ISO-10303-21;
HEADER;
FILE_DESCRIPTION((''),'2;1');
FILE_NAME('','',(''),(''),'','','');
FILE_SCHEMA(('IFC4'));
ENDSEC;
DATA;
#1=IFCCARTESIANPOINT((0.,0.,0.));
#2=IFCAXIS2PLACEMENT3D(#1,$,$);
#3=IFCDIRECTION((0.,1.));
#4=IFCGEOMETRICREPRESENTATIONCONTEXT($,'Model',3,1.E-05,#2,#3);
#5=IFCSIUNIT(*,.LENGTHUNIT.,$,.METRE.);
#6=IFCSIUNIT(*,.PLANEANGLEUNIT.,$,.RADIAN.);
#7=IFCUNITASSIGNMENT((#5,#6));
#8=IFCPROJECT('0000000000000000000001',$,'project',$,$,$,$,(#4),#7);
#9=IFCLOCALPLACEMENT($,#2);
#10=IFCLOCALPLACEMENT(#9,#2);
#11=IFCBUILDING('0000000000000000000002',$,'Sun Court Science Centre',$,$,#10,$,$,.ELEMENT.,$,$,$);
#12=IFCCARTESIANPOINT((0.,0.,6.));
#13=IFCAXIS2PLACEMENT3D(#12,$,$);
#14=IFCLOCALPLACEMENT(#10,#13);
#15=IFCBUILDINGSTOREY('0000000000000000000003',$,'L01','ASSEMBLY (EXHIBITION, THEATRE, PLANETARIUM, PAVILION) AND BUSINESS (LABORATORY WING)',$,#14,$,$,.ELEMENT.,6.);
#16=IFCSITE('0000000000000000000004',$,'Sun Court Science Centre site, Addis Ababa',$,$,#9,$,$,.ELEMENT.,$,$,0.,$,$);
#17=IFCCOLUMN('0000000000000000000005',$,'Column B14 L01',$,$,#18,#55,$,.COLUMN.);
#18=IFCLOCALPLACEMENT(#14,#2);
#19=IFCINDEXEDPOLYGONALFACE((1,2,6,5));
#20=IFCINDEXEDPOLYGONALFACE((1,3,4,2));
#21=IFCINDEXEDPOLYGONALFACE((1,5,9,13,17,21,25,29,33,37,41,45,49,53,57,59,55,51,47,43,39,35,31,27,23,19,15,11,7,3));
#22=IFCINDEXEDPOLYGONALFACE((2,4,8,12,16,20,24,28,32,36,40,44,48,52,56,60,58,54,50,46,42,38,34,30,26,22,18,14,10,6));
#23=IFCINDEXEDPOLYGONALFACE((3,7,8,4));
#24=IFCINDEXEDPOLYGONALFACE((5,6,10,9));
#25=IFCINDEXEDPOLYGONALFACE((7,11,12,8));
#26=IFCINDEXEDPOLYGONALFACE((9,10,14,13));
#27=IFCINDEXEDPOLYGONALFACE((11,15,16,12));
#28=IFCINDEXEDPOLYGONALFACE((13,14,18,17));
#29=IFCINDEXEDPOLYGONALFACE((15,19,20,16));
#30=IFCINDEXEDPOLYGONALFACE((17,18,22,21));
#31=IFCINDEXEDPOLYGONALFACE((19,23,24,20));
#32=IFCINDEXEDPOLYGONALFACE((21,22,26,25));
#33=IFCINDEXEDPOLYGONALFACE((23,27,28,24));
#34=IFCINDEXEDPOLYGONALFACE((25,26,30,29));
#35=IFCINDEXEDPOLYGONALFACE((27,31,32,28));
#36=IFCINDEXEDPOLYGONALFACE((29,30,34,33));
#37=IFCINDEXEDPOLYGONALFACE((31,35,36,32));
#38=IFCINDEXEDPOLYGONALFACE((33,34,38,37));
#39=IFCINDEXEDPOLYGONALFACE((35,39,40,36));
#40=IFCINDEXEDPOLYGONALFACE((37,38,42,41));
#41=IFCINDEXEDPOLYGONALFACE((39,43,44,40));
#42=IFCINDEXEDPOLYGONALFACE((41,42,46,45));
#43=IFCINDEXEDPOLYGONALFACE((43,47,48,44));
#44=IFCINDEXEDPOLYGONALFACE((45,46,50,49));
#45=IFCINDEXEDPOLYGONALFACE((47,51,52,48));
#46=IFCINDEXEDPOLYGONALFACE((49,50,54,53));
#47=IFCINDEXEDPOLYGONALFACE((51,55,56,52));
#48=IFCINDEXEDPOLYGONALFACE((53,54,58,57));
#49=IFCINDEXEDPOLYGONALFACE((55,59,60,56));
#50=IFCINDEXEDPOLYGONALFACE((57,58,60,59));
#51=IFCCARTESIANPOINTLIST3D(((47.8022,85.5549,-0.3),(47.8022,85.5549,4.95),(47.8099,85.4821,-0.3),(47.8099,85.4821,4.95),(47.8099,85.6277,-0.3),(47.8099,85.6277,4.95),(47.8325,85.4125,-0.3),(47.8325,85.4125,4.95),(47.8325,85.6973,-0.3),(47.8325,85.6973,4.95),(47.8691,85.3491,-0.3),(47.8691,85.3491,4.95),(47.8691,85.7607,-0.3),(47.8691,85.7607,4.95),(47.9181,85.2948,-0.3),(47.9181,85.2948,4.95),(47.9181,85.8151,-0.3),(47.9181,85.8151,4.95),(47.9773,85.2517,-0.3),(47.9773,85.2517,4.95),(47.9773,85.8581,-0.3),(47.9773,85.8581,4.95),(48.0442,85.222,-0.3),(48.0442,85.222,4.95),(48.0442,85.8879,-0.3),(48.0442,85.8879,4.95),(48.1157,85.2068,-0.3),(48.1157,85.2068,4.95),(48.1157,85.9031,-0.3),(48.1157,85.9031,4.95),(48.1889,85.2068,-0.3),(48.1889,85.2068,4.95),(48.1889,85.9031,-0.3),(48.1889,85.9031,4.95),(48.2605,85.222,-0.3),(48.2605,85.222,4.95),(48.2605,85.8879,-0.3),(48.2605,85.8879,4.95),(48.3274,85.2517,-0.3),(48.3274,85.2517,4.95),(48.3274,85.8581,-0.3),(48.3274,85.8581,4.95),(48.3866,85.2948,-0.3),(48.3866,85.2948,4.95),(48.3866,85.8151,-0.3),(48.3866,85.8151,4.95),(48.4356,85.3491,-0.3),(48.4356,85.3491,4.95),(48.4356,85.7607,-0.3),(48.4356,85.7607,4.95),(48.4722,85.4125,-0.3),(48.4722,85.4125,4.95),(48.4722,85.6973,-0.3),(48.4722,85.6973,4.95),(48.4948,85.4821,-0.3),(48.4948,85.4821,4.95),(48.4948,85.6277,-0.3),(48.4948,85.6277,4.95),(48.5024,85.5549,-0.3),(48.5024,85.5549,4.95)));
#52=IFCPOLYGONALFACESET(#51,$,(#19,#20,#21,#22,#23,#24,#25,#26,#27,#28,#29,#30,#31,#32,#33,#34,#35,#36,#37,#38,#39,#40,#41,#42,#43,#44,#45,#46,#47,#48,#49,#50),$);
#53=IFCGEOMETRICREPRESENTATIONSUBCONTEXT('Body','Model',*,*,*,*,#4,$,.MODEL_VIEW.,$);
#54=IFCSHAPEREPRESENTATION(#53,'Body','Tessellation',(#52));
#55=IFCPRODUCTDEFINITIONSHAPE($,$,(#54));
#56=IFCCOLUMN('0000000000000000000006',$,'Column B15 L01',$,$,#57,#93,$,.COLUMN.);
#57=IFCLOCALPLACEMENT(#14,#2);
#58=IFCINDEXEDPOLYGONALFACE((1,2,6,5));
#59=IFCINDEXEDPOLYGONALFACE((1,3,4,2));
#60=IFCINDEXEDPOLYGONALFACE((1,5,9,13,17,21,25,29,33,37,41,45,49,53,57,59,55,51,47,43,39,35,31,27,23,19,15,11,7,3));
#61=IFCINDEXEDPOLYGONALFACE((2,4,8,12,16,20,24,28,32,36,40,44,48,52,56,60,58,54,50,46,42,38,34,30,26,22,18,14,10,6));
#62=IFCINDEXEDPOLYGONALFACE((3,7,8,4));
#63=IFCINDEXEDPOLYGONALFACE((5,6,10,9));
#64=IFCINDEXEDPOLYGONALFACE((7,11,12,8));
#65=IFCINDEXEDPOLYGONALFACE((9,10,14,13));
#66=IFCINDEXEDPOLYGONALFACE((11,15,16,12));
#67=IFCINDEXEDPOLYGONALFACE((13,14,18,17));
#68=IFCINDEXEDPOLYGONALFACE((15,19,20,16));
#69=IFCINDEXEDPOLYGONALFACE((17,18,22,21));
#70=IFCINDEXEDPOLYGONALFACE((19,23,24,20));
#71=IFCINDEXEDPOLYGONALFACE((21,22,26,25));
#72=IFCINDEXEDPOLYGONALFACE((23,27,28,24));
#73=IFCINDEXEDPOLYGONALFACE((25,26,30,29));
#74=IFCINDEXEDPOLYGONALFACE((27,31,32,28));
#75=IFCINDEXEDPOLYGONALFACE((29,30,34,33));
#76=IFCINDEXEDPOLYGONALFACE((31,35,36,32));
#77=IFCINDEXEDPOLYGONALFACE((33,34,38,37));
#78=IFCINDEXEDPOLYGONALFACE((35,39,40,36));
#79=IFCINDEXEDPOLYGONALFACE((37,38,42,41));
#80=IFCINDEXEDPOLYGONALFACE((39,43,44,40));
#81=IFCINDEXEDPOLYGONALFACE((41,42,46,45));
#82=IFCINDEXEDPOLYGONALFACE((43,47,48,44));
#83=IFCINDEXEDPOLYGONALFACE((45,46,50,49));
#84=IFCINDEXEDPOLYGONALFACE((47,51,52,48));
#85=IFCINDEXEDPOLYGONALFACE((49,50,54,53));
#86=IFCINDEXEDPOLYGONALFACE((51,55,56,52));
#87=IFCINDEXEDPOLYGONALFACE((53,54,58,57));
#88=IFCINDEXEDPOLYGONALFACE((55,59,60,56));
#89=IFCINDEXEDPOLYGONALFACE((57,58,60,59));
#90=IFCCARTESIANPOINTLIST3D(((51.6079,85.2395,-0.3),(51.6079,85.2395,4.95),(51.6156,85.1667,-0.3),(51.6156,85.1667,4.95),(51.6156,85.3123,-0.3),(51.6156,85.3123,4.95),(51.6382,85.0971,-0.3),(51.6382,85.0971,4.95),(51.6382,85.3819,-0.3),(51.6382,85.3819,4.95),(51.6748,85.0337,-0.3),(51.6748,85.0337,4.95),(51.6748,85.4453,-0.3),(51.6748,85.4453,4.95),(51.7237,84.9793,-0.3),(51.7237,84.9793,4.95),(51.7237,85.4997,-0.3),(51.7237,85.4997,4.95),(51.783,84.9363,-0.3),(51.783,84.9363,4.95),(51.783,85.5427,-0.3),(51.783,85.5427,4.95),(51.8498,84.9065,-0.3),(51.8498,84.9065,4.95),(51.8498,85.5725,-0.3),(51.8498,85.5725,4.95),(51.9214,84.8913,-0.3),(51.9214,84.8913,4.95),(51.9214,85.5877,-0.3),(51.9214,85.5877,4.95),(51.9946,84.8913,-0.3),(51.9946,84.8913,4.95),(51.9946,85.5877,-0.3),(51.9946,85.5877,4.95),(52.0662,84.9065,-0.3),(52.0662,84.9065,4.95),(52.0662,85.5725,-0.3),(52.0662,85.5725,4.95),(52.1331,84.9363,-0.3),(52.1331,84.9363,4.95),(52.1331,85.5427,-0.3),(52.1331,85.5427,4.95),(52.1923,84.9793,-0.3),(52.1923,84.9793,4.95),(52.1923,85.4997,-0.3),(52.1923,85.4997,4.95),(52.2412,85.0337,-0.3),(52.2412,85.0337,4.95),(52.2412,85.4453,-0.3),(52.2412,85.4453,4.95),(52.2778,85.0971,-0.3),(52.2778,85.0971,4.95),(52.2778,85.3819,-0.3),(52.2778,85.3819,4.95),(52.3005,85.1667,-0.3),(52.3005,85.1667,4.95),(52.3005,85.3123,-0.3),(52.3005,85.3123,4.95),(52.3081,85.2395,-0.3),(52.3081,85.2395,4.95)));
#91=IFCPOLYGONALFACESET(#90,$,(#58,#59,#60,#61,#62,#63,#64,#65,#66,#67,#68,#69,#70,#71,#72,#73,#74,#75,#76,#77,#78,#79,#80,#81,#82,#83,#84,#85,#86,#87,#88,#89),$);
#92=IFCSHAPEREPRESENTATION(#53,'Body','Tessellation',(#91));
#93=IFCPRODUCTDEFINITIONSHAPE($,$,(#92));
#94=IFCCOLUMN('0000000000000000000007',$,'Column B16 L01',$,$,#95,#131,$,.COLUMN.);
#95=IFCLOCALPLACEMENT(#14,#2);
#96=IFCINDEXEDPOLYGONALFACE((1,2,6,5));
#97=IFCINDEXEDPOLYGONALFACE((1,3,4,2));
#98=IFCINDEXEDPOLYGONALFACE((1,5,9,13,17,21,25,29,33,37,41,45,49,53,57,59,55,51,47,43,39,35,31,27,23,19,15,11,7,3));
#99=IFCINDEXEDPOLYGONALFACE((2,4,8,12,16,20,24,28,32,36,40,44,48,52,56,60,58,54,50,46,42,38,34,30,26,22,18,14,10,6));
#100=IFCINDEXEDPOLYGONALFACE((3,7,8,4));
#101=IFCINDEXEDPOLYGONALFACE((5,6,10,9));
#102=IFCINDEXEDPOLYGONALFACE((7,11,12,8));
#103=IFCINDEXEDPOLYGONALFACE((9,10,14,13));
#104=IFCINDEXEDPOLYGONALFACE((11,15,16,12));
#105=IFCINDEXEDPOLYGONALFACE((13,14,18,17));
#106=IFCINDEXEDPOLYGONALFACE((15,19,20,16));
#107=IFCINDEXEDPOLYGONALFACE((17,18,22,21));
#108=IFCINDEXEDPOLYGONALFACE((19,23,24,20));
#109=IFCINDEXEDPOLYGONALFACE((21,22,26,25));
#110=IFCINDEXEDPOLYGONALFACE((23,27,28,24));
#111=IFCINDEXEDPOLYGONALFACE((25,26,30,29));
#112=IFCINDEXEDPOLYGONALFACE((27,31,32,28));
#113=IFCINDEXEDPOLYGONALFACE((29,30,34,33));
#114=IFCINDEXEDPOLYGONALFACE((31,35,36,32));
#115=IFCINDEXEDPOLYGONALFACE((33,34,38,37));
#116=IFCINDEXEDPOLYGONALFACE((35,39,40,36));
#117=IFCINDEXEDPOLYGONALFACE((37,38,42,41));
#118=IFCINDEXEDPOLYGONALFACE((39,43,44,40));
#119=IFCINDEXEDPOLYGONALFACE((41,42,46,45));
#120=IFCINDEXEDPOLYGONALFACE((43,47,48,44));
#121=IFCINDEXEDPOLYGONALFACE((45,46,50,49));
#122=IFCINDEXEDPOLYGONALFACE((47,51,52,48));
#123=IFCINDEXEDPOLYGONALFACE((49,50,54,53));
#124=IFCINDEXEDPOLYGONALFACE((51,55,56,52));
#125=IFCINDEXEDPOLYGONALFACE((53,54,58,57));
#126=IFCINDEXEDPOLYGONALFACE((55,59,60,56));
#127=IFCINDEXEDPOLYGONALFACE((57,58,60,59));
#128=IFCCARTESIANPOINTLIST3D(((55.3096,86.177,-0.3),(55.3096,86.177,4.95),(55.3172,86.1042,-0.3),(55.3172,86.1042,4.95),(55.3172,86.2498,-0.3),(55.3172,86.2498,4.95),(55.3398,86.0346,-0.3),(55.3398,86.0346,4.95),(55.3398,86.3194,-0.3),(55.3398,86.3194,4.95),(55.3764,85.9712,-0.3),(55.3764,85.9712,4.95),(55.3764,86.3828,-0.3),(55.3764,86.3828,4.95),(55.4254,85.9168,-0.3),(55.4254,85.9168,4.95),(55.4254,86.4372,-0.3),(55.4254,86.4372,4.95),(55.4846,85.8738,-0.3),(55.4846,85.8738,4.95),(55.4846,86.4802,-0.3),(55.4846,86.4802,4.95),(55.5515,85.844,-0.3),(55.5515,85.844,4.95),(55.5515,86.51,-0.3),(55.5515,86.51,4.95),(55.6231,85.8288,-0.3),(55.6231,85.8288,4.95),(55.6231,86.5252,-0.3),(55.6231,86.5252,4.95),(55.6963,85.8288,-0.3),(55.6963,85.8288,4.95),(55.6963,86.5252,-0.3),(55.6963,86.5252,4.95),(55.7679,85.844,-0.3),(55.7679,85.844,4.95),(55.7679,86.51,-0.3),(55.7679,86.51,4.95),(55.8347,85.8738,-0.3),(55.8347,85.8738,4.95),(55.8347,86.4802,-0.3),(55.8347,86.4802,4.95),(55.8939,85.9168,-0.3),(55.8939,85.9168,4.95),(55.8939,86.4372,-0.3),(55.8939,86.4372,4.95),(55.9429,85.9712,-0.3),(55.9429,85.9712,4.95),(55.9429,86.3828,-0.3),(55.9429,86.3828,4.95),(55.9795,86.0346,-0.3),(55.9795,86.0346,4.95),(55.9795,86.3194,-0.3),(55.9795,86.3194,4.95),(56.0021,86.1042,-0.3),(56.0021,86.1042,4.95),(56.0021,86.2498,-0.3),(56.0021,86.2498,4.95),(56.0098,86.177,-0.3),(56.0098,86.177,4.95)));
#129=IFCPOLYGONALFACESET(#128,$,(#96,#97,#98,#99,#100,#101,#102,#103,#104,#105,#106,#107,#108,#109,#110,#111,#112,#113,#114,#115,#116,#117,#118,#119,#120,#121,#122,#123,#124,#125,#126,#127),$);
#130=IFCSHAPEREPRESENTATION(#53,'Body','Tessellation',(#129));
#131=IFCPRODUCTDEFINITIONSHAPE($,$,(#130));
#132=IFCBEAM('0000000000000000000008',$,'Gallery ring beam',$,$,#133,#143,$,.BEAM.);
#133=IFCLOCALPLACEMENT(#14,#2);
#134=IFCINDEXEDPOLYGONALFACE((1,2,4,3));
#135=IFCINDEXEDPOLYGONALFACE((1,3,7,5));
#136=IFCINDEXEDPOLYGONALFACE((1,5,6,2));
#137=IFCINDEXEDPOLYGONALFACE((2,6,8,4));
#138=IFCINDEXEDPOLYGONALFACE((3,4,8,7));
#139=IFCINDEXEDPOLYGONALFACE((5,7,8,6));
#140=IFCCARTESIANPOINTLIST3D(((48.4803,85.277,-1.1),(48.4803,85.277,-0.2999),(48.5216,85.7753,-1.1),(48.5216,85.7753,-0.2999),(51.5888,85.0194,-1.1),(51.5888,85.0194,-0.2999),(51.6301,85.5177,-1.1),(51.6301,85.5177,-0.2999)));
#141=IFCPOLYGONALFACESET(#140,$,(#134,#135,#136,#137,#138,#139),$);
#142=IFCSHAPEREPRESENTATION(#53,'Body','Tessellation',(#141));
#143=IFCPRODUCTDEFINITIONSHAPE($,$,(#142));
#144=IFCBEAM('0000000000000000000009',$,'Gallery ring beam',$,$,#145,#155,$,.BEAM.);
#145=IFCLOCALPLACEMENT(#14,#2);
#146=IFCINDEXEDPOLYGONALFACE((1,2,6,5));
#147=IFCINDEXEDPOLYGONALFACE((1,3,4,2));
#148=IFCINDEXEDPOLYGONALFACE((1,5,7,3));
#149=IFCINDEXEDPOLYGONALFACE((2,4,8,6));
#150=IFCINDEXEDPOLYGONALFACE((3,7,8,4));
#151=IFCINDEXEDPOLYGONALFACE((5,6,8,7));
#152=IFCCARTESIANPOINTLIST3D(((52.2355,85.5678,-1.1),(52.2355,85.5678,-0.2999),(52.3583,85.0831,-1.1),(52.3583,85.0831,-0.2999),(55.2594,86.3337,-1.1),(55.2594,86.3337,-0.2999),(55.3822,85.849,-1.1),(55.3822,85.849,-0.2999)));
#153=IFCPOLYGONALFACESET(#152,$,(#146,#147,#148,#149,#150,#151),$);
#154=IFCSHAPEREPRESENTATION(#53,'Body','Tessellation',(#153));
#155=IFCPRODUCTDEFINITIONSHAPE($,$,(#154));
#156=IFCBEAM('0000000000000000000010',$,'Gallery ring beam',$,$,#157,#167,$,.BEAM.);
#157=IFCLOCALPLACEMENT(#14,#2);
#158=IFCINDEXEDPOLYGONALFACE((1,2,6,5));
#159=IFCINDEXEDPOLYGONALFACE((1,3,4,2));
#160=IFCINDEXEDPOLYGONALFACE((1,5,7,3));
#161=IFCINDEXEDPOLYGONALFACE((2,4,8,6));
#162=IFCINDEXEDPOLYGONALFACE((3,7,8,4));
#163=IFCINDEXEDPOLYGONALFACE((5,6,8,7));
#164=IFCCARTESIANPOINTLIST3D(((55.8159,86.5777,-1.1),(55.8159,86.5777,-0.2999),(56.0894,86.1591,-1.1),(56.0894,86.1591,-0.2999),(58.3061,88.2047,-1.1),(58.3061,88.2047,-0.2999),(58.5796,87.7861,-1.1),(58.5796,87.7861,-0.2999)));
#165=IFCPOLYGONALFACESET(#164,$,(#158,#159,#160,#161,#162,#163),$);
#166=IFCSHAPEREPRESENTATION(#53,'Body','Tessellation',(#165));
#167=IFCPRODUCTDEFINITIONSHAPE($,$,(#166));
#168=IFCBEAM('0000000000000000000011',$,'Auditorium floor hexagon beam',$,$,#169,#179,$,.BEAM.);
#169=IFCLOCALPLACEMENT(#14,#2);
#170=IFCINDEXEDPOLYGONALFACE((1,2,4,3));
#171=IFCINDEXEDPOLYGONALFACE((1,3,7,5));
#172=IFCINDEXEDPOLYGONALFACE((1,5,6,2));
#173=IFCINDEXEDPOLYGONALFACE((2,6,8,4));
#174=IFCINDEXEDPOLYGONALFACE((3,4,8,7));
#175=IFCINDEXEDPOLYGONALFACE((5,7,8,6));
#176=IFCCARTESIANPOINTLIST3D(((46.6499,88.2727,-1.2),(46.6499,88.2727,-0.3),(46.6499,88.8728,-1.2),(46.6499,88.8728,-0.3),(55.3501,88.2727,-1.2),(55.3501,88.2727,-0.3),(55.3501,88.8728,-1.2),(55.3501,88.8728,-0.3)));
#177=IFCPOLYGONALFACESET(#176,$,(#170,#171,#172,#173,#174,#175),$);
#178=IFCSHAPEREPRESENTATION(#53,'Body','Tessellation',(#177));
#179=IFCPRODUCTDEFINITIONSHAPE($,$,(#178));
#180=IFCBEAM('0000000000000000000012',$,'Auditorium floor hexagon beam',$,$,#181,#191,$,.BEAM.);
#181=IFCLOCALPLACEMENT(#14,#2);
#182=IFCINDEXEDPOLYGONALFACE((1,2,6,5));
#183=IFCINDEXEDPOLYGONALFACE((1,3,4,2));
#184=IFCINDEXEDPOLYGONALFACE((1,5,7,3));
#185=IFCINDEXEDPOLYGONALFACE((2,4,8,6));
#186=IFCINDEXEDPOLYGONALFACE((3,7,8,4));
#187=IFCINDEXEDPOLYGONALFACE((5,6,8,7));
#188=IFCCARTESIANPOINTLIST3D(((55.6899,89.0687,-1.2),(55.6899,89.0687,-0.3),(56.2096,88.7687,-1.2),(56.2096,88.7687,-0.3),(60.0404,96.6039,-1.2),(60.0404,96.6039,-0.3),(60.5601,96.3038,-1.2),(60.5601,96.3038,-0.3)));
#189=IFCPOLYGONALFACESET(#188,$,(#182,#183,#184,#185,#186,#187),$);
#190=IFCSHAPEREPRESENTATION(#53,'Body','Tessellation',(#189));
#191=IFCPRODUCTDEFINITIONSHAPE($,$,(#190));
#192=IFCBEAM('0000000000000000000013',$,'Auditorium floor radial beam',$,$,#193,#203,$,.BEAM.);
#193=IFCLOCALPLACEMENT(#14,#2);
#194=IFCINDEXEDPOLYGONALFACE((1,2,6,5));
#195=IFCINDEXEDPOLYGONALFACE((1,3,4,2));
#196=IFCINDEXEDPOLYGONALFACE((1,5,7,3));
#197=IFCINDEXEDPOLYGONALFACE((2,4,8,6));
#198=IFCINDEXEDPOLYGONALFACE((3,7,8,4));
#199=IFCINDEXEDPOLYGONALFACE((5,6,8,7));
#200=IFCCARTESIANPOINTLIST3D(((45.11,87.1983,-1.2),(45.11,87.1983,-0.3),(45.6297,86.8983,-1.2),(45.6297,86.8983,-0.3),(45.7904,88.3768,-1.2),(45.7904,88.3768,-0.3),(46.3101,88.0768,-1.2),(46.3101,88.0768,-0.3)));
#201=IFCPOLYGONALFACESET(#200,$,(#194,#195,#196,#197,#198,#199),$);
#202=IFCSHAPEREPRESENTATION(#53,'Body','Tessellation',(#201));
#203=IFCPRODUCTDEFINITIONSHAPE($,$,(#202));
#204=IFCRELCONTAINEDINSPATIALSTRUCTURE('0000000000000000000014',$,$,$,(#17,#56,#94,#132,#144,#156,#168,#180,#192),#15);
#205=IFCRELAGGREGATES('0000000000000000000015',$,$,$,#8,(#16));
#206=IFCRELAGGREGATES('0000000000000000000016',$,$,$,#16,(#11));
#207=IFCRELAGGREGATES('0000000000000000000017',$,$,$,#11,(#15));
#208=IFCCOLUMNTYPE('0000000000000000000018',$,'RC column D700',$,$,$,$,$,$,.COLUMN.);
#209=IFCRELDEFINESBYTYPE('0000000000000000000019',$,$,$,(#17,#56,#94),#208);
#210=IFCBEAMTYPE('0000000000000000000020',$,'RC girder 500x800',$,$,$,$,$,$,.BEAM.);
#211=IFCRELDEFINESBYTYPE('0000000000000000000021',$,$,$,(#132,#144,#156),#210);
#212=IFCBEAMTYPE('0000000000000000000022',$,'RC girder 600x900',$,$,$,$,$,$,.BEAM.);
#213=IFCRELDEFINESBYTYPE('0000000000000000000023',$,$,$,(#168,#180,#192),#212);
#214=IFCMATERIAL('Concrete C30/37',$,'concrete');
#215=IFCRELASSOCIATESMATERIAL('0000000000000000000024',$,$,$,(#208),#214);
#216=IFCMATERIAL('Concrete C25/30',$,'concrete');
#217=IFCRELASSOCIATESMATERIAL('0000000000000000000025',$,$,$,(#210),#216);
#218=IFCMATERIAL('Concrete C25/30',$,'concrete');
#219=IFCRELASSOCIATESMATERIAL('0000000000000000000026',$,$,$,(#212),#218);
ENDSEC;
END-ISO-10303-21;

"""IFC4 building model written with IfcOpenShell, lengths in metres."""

from ifc_helpers import new_model, si_unit, direction, frame, origin, origin_2d, place, context, subcontext, project, spatial, rectangle, circle, extrude, material, material_profile, profile_set, type_object, element, save


model = new_model("IFC4")

# Units and contexts
model_context = context("Model", 3, precision=1e-05, world=origin(), true_north=direction((0.0, 1.0)))
body_context = subcontext(model_context, "Body", "Model", "MODEL_VIEW")
ifc_project = project(units=[si_unit("LENGTHUNIT", "METRE"), si_unit("PLANEANGLEUNIT", "RADIAN")], contexts=[model_context])

# Site, building, storey
site_placement = place(None, origin())
site = spatial("IfcSite", under=ifc_project, at=site_placement, Name="Sun Court Science Centre site, Addis Ababa", CompositionType="ELEMENT", RefElevation=0.0)
building_placement = place(site_placement, origin())
building = spatial("IfcBuilding", under=site, at=building_placement, Name="Sun Court Science Centre", CompositionType="ELEMENT")
storey_placement = place(building_placement, frame((0.0, 0.0, 6.0)))
storey = spatial("IfcBuildingStorey", under=building, at=storey_placement, Name="L01", Description="ASSEMBLY (EXHIBITION, THEATRE, PLANETARIUM, PAVILION) AND BUSINESS (LABORATORY WING)", CompositionType="ELEMENT", Elevation=6.0)

# Columns
ifc_material_1 = material(Name="Concrete C30/37", Category="concrete")
ifc_material_profile_1 = material_profile(ifc_material_1, circle(Radius=0.3501, at=origin_2d()), Name="RC D700")
ifc_profile_set_1 = profile_set([ifc_material_profile_1], Name="Concrete C30/37")
column_type = type_object("IfcColumnType", Name="RC column D700", PredefinedType="COLUMN", material=ifc_profile_set_1)
for number, where, z_axis, x_axis, name in (
    (1, (48.1523, 85.5549, -0.3), (0.0, 0.0, 1.0), (1.0, 0.0, 0.0), "Column B14 L01"),
    (2, (51.958, 85.2395, -0.3), (0.0, 0.0, 1.0), (1.0, 0.0, 0.0), "Column B15 L01"),
    (3, (55.6597, 86.177, -0.3), (0.0, 0.0, 1.0), (1.0, 0.0, 0.0), "Column B16 L01"),
):
    element("IfcColumn", number, at=place(storey_placement, frame(where, z_axis=z_axis, x_axis=x_axis)), inside=storey, type_object=column_type, Name=name, PredefinedType="COLUMN", context=body_context, shape_type="SweptSolid", body=[
        extrude(circle(Radius=0.3501, at=origin_2d()), origin(), (0.0, 0.0, 1.0), 5.25),
    ])

# Beams
ifc_material_2 = material(Name="Concrete C25/30", Category="concrete")
ifc_material_profile_2 = material_profile(ifc_material_2, rectangle(XDim=0.5, YDim=0.8, at=origin_2d()), Name="RC 500x800")
ifc_profile_set_2 = profile_set([ifc_material_profile_2], Name="Concrete C25/30")
beam_type_1 = type_object("IfcBeamType", Name="RC girder 500x800", PredefinedType="BEAM", material=ifc_profile_set_2)
beam_1_placement = place(storey_placement, frame((48.501, 85.5261, -0.7), z_axis=(0.996585, -0.082579, 0.0), x_axis=(0.082579, 0.996585, 0.0)))
element("IfcBeam", 4, at=beam_1_placement, inside=storey, type_object=beam_type_1, Name="Gallery ring beam", PredefinedType="BEAM", context=body_context, shape_type="SweptSolid", body=[
    extrude(rectangle(XDim=0.5, YDim=0.8, at=origin_2d()), origin(), (0.0, 0.0, 1.0), 3.1191),
])
beam_2_placement = place(storey_placement, frame((52.2969, 85.3254, -0.7), z_axis=(0.969392, 0.245518, 0.0), x_axis=(-0.245518, 0.969392, 0.0)))
element("IfcBeam", 5, at=beam_2_placement, inside=storey, type_object=beam_type_1, Name="Gallery ring beam", PredefinedType="BEAM", context=body_context, shape_type="SweptSolid", body=[
    extrude(rectangle(XDim=0.5, YDim=0.8, at=origin_2d()), origin(), (0.0, 0.0, 1.0), 3.1194),
])
beam_3_placement = place(storey_placement, frame((55.9526, 86.3684, -0.7), z_axis=(0.837166, 0.546949, 0.0), x_axis=(-0.546949, 0.837166, 0.0)))
element("IfcBeam", 6, at=beam_3_placement, inside=storey, type_object=beam_type_1, Name="Gallery ring beam", PredefinedType="BEAM", context=body_context, shape_type="SweptSolid", body=[
    extrude(rectangle(XDim=0.5, YDim=0.8, at=origin_2d()), origin(), (0.0, 0.0, 1.0), 2.9746),
])
ifc_material_3 = material(Name="Concrete C25/30", Category="concrete")
ifc_material_profile_3 = material_profile(ifc_material_3, rectangle(XDim=0.6001, YDim=0.8999, at=origin_2d()), Name="RC 600x900")
ifc_profile_set_3 = profile_set([ifc_material_profile_3], Name="Concrete C25/30")
beam_type_2 = type_object("IfcBeamType", Name="RC girder 600x900", PredefinedType="BEAM", material=ifc_profile_set_3)
beam_4_placement = place(storey_placement, frame((46.6499, 88.5728, -0.75), z_axis=(1.0, 0.0, 0.0), x_axis=(0.0, 1.0, 0.0)))
element("IfcBeam", 7, at=beam_4_placement, inside=storey, type_object=beam_type_2, Name="Auditorium floor hexagon beam", PredefinedType="BEAM", context=body_context, shape_type="SweptSolid", body=[
    extrude(rectangle(XDim=0.6001, YDim=0.8999, at=origin_2d()), origin(), (0.0, 0.0, 1.0), 8.7002),
])
beam_5_placement = place(storey_placement, frame((55.9497, 88.9187, -0.75), z_axis=(0.500014, 0.866017, 0.0), x_axis=(-0.866017, 0.500014, 0.0)))
element("IfcBeam", 8, at=beam_5_placement, inside=storey, type_object=beam_type_2, Name="Auditorium floor hexagon beam", PredefinedType="BEAM", context=body_context, shape_type="SweptSolid", body=[
    extrude(rectangle(XDim=0.6001, YDim=0.8999, at=origin_2d()), origin(), (0.0, 0.0, 1.0), 8.7009),
])
beam_6_placement = place(storey_placement, frame((46.0503, 88.2268, -0.75), z_axis=(-0.500018, -0.866015, 0.0), x_axis=(0.866015, -0.500018, 0.0)))
element("IfcBeam", 9, at=beam_6_placement, inside=storey, type_object=beam_type_2, Name="Auditorium floor radial beam", PredefinedType="BEAM", context=body_context, shape_type="SweptSolid", body=[
    extrude(rectangle(XDim=0.6001, YDim=0.8999, at=origin_2d()), origin(), (0.0, 0.0, 1.0), 1.3608),
])

save(model, "model.ifc")
